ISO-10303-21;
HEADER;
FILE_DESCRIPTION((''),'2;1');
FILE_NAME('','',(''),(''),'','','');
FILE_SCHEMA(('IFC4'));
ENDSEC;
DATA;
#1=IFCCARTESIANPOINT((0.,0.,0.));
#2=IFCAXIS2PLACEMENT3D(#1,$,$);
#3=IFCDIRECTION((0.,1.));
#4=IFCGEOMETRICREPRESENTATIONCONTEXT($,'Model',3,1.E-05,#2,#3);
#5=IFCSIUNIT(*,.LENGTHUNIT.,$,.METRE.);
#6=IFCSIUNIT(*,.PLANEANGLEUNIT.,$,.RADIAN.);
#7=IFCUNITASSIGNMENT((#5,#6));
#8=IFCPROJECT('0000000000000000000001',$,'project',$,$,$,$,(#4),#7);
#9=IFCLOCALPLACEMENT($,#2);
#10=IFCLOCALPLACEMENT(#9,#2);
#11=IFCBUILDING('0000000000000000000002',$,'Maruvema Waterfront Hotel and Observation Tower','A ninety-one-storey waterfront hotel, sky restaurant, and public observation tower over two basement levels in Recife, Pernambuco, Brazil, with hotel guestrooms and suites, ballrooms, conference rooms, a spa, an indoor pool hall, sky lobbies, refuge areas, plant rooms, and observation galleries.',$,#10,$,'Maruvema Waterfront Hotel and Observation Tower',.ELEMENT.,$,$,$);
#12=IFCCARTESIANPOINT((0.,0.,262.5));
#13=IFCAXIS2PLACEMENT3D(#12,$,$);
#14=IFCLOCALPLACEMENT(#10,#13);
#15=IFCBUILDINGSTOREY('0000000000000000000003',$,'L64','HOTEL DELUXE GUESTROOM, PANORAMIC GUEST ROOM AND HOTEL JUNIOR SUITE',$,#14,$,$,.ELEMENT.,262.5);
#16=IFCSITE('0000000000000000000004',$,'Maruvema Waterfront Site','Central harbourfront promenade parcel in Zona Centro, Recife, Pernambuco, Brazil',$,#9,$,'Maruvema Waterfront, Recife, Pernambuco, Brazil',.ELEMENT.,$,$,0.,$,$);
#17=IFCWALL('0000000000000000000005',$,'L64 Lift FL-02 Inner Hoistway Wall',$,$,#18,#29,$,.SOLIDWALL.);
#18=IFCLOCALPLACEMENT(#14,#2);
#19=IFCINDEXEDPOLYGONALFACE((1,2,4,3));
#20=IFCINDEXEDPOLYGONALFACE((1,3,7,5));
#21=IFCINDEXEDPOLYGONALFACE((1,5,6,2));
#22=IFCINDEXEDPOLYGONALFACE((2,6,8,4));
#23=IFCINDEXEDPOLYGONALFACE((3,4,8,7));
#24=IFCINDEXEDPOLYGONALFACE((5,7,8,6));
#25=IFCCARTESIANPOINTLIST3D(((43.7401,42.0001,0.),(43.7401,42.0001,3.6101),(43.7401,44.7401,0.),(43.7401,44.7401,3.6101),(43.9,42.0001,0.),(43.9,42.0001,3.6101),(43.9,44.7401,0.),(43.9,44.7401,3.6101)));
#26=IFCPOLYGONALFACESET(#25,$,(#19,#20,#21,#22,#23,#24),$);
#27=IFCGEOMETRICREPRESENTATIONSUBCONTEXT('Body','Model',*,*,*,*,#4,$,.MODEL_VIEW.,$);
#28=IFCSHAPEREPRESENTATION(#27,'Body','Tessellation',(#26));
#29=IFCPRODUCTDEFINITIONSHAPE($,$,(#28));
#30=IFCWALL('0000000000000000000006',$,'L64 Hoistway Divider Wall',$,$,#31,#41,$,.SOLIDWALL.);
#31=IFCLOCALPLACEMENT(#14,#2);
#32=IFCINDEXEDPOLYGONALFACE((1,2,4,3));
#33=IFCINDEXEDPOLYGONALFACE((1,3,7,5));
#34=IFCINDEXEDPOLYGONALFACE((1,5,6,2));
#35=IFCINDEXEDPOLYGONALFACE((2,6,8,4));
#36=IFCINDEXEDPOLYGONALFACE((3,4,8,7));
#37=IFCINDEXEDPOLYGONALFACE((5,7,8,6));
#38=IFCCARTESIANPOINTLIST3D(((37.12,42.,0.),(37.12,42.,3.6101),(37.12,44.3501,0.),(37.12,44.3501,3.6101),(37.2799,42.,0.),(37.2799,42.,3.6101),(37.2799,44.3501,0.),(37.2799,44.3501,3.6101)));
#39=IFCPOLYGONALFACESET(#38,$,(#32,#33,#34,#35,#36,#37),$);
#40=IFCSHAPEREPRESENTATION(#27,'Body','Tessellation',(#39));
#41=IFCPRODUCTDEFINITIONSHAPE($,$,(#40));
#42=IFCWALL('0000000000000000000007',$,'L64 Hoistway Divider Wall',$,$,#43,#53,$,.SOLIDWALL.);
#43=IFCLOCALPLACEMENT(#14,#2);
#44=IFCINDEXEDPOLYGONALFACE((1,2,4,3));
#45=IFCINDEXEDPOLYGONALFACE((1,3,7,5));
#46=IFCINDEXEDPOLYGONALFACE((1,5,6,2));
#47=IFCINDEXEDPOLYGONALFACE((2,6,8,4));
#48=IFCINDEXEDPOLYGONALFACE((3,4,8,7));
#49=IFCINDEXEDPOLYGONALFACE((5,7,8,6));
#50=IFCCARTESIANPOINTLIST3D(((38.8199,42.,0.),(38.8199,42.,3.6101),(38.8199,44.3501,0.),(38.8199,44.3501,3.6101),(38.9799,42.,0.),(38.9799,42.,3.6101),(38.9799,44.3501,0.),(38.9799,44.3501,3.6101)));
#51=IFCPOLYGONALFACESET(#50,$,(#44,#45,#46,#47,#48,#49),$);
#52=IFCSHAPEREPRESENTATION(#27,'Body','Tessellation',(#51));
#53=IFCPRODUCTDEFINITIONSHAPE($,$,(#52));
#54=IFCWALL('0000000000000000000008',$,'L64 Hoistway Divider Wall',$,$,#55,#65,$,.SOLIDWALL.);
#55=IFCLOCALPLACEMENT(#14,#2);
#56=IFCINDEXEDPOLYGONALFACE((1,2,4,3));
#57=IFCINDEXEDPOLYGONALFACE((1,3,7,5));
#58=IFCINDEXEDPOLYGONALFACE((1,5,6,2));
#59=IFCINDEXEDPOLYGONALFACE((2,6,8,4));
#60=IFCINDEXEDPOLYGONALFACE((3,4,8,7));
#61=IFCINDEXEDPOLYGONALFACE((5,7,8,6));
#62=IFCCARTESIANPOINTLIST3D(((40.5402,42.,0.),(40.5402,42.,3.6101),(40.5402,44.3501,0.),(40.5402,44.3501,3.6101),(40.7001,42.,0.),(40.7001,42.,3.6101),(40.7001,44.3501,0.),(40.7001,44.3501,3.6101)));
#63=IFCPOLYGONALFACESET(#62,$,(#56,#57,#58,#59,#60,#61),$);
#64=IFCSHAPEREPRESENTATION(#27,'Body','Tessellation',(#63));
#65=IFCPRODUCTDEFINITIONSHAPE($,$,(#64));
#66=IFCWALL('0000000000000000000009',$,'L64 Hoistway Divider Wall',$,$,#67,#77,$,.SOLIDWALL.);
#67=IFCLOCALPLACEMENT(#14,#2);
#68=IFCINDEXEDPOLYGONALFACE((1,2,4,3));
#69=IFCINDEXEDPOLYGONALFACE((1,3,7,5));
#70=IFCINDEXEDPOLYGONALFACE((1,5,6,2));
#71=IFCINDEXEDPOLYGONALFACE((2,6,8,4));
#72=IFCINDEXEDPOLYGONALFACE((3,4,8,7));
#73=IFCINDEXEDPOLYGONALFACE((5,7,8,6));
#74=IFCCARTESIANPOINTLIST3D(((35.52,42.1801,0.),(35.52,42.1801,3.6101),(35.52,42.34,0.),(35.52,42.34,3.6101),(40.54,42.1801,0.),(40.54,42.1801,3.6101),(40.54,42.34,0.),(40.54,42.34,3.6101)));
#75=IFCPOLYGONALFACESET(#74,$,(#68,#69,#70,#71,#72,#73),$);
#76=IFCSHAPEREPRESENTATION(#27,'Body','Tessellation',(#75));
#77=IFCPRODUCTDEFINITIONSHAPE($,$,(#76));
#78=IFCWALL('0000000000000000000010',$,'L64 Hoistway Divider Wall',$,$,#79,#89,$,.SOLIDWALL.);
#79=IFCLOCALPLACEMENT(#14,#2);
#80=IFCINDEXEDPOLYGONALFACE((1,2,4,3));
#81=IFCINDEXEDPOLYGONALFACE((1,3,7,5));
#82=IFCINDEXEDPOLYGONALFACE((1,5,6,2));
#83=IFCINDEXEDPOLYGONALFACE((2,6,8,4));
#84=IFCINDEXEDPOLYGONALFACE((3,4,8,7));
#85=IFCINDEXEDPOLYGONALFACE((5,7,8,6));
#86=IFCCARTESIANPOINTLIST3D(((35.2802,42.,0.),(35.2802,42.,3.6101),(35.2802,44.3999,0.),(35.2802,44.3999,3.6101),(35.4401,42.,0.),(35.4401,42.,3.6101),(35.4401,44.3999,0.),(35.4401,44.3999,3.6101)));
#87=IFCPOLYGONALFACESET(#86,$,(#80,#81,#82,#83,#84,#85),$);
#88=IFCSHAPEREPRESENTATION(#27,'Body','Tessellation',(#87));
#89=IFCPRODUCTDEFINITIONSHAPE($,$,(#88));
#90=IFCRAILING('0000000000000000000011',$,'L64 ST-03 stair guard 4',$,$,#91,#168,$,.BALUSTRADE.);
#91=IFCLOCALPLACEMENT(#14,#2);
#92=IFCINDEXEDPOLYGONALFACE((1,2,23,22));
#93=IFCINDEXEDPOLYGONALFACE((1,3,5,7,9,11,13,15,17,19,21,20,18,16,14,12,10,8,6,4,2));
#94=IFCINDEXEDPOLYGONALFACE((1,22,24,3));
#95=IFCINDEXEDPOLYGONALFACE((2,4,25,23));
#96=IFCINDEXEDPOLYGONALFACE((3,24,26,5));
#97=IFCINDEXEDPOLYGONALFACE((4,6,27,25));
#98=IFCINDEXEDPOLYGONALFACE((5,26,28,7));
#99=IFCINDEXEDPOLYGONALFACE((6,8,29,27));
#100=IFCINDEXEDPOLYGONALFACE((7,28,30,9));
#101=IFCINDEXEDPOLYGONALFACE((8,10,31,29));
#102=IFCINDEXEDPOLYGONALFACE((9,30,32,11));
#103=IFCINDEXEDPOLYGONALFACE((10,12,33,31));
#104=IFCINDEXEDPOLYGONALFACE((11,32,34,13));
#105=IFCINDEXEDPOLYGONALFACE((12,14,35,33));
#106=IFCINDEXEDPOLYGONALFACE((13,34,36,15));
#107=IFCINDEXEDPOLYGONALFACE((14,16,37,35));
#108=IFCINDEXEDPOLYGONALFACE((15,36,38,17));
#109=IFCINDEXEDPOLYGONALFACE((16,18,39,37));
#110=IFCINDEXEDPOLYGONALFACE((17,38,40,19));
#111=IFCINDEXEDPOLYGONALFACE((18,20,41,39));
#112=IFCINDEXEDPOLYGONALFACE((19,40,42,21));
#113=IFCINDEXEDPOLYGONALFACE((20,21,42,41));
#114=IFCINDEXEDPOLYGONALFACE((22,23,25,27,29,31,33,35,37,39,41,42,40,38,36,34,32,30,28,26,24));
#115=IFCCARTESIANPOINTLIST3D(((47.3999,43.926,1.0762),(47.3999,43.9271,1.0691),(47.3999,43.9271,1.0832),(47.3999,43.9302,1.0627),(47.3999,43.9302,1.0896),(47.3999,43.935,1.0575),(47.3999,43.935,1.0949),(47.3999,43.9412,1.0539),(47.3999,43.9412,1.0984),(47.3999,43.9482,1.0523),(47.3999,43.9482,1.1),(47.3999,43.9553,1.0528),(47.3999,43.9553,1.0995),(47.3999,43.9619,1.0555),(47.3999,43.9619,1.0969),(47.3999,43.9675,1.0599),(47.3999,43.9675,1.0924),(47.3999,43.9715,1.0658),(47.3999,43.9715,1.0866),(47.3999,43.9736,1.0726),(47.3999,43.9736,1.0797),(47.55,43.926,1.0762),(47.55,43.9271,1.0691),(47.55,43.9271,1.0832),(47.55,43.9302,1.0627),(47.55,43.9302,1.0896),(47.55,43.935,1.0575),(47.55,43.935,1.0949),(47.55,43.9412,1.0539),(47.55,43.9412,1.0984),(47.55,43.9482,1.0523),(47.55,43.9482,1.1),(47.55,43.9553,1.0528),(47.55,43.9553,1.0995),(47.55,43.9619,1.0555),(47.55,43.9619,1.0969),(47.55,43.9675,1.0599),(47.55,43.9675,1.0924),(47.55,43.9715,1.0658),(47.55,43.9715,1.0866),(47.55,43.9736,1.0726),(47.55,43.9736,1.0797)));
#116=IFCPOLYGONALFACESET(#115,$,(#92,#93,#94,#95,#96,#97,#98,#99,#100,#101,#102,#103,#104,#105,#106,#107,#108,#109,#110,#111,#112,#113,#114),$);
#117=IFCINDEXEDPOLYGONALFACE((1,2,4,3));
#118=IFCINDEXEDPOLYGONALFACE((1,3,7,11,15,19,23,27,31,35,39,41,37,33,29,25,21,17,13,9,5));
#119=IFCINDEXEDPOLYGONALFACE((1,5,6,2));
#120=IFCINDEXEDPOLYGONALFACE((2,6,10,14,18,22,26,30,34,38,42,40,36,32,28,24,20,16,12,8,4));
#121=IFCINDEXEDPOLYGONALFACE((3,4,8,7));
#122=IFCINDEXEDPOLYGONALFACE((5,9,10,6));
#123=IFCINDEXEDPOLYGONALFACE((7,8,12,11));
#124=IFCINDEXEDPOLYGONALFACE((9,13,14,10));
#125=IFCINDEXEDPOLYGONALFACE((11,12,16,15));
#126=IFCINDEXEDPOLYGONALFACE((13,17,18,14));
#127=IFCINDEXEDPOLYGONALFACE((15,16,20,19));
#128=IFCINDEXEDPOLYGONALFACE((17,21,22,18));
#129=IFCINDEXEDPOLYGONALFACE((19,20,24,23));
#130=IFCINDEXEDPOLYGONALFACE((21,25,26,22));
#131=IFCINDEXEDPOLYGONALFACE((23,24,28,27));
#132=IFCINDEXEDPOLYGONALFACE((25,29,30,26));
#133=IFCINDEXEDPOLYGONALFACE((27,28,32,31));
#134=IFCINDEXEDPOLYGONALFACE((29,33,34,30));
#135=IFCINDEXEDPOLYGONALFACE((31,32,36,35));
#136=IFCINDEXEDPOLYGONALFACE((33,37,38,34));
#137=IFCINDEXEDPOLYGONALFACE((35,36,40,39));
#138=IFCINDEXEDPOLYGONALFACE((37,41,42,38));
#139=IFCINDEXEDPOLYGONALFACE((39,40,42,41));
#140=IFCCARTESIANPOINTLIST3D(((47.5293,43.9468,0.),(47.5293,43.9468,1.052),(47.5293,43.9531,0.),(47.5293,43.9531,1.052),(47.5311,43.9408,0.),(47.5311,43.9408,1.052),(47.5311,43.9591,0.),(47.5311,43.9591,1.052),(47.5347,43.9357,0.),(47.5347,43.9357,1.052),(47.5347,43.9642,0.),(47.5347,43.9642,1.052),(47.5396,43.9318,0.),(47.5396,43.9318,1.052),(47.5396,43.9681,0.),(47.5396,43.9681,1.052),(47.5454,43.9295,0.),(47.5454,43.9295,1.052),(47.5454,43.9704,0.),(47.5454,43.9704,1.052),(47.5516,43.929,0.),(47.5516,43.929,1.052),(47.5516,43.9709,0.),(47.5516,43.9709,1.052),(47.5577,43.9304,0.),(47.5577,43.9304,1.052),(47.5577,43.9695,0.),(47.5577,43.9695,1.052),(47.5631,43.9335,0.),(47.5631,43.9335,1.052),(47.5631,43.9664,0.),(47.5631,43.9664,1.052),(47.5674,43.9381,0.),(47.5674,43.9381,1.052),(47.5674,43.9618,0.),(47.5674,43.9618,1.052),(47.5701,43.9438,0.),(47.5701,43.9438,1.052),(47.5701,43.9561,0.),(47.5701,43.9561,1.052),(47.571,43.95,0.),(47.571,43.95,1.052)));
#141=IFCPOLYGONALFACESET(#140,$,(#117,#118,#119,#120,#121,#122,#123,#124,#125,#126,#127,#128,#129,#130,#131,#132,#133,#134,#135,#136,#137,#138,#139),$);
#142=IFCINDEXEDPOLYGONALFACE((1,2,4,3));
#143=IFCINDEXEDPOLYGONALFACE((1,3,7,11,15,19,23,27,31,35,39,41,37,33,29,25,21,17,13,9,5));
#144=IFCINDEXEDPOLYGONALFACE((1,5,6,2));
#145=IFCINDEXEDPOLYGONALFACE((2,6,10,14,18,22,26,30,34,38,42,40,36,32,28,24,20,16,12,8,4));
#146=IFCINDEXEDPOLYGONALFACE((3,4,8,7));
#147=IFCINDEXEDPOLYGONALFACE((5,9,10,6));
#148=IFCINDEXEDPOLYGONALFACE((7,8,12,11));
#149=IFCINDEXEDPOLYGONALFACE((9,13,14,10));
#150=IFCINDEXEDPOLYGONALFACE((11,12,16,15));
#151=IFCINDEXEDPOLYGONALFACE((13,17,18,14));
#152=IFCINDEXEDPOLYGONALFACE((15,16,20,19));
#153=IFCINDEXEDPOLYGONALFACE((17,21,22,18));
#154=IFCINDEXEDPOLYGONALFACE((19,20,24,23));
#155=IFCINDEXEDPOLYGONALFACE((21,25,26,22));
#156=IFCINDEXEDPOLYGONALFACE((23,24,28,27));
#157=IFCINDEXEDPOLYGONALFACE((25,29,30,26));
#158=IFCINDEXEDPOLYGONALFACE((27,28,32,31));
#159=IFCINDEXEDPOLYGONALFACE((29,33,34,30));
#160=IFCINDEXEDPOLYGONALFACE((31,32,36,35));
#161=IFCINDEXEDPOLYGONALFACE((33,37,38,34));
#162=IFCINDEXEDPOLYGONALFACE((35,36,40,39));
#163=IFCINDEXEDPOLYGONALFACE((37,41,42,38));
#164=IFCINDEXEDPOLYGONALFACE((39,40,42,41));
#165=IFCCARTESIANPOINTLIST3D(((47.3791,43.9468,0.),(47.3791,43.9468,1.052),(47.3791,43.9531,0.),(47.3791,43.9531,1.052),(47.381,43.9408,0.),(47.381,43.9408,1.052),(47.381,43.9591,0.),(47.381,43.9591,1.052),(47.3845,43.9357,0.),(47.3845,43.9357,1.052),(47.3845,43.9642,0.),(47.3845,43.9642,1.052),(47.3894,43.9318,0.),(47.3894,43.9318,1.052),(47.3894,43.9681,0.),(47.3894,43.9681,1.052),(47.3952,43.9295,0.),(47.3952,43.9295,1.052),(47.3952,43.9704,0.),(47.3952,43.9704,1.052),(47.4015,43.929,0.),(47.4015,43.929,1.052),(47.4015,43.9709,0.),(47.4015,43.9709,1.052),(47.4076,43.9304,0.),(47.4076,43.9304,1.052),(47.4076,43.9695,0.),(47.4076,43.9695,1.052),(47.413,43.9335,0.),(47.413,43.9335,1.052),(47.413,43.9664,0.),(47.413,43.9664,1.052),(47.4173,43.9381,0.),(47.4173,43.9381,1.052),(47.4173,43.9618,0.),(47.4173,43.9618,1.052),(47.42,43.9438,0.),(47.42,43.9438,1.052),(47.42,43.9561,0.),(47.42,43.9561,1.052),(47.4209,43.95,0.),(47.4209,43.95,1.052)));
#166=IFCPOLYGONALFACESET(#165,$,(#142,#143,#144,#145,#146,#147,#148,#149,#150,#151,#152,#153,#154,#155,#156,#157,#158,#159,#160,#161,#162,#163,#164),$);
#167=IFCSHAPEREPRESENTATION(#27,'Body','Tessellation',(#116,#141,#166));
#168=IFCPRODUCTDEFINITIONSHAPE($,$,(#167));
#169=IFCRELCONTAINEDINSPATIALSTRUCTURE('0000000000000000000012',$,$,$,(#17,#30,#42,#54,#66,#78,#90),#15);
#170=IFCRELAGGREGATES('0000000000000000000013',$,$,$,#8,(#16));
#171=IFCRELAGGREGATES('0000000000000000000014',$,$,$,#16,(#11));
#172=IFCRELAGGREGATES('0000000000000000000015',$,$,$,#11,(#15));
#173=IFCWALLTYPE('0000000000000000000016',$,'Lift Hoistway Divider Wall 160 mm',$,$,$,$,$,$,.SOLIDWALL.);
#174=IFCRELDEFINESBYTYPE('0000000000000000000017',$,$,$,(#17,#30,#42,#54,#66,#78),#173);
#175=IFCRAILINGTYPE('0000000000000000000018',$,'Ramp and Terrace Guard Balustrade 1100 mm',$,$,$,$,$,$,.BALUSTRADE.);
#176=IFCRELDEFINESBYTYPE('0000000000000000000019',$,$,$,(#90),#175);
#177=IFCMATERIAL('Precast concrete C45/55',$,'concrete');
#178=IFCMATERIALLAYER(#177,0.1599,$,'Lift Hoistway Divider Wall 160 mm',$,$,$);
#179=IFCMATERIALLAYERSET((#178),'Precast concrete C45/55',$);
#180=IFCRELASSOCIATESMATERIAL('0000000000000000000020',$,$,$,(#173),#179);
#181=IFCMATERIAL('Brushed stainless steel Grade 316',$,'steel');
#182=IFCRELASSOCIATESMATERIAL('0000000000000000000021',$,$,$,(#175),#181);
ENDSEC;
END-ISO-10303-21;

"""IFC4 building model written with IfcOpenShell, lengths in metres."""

from ifc_helpers import new_model, si_unit, direction, frame, frame_2d, origin, origin_2d, place, context, subcontext, project, spatial, rectangle, circle, extrude, material, layer, layer_set, type_object, element, save


model = new_model("IFC4")

# Units and contexts
model_context = context("Model", 3, precision=1e-05, world=origin(), true_north=direction((0.0, 1.0)))
body_context = subcontext(model_context, "Body", "Model", "MODEL_VIEW")
ifc_project = project(units=[si_unit("LENGTHUNIT", "METRE"), si_unit("PLANEANGLEUNIT", "RADIAN")], contexts=[model_context])

# Site, building, storey
site_placement = place(None, origin())
site = spatial("IfcSite", under=ifc_project, at=site_placement, Name="Maruvema Waterfront Site", Description="Central harbourfront promenade parcel in Zona Centro, Recife, Pernambuco, Brazil", LongName="Maruvema Waterfront, Recife, Pernambuco, Brazil", CompositionType="ELEMENT", RefElevation=0.0)
building_placement = place(site_placement, origin())
building = spatial("IfcBuilding", under=site, at=building_placement, Name="Maruvema Waterfront Hotel and Observation Tower", Description="A ninety-one-storey waterfront hotel, sky restaurant, and public observation tower over two basement levels in Recife, Pernambuco, Brazil, with hotel guestrooms and suites, ballrooms, conference rooms, a spa, an indoor pool hall, sky lobbies, refuge areas, plant rooms, and observation galleries.", LongName="Maruvema Waterfront Hotel and Observation Tower", CompositionType="ELEMENT")
storey_placement = place(building_placement, frame((0.0, 0.0, 262.5)))
storey = spatial("IfcBuildingStorey", under=building, at=storey_placement, Name="L64", Description="HOTEL DELUXE GUESTROOM, PANORAMIC GUEST ROOM AND HOTEL JUNIOR SUITE", CompositionType="ELEMENT", Elevation=262.5)

# Walls
ifc_material_1 = material(Name="Precast concrete C45/55", Category="concrete")
ifc_layer_1 = layer(ifc_material_1, 0.1599, Name="Lift Hoistway Divider Wall 160 mm")
ifc_layer_set_1 = layer_set([ifc_layer_1], Name="Precast concrete C45/55")
wall_type_1 = type_object("IfcWallType", Name="Lift Hoistway Divider Wall 160 mm", PredefinedType="SOLIDWALL", material=ifc_layer_set_1)
wall_1_placement = place(storey_placement, frame((43.8201, 42.0, 0.0), z_axis=(0.0, 0.0, 1.0), x_axis=(0.0, 1.0, 0.0)))
element("IfcWall", 1, at=wall_1_placement, inside=storey, type_object=wall_type_1, Name="L64 Lift FL-02 Inner Hoistway Wall", PredefinedType="SOLIDWALL", context=body_context, shape_type="SweptSolid", body=[
    extrude(rectangle(XDim=2.74, YDim=0.1599, at=frame_2d((1.3701, 0.0))), origin(), (0.0, 0.0, 1.0), 3.6101),
])
for number, where, z_axis, x_axis, name in (
    (2, (37.2, 42.0, 0.0), (0.0, 0.0, 1.0), (0.0, 1.0, 0.0), "L64 Hoistway Divider Wall"),
    (3, (38.8999, 42.0, 0.0), (0.0, 0.0, 1.0), (0.0, 1.0, 0.0), "L64 Hoistway Divider Wall"),
    (4, (40.6201, 42.0, 0.0), (0.0, 0.0, 1.0), (0.0, 1.0, 0.0), "L64 Hoistway Divider Wall"),
):
    element("IfcWall", number, at=place(storey_placement, frame(where, z_axis=z_axis, x_axis=x_axis)), inside=storey, type_object=wall_type_1, Name=name, PredefinedType="SOLIDWALL", context=body_context, shape_type="SweptSolid", body=[
        extrude(rectangle(XDim=2.3501, YDim=0.1599, at=frame_2d((1.175, 0.0))), origin(), (0.0, 0.0, 1.0), 3.6101),
    ])
wall_2_placement = place(storey_placement, frame((35.52, 42.26, 0.0), z_axis=(0.0, 0.0, 1.0), x_axis=(1.0, 0.0, 0.0)))
element("IfcWall", 5, at=wall_2_placement, inside=storey, type_object=wall_type_1, Name="L64 Hoistway Divider Wall", PredefinedType="SOLIDWALL", context=body_context, shape_type="SweptSolid", body=[
    extrude(rectangle(XDim=5.02, YDim=0.1599, at=frame_2d((2.51, 0.0))), origin(), (0.0, 0.0, 1.0), 3.6101),
])
wall_3_placement = place(storey_placement, frame((35.3601, 42.0, 0.0), z_axis=(0.0, 0.0, 1.0), x_axis=(0.0, 1.0, 0.0)))
element("IfcWall", 6, at=wall_3_placement, inside=storey, type_object=wall_type_1, Name="L64 Hoistway Divider Wall", PredefinedType="SOLIDWALL", context=body_context, shape_type="SweptSolid", body=[
    extrude(rectangle(XDim=2.3999, YDim=0.1599, at=frame_2d((1.2, 0.0))), origin(), (0.0, 0.0, 1.0), 3.6101),
])

# Railing
ifc_material_2 = material(Name="Brushed stainless steel Grade 316", Category="steel")
railing_type = type_object("IfcRailingType", Name="Ramp and Terrace Guard Balustrade 1100 mm", PredefinedType="BALUSTRADE", material=ifc_material_2)
railing_placement = place(storey_placement, frame((47.55, 43.95, 0.0)))
element("IfcRailing", 7, at=railing_placement, inside=storey, type_object=railing_type, Name="L64 ST-03 stair guard 4", PredefinedType="BALUSTRADE", context=body_context, shape_type="SweptSolid", body=[
    extrude(circle(Radius=0.0239, at=origin_2d()), frame((0.0, 0.0, 1.0762), z_axis=(-1.0, 0.0, 0.0), x_axis=(0.0, -1.0, 0.0)), (0.0, 0.0, 1.0), 0.1501),
    extrude(circle(Radius=0.021, at=origin_2d()), origin(), (0.0, 0.0, 1.0), 1.052),
    extrude(circle(Radius=0.021, at=origin_2d()), frame((-0.1501, 0.0, 0.0)), (0.0, 0.0, 1.0), 1.052),
])

save(model, "model.ifc")
